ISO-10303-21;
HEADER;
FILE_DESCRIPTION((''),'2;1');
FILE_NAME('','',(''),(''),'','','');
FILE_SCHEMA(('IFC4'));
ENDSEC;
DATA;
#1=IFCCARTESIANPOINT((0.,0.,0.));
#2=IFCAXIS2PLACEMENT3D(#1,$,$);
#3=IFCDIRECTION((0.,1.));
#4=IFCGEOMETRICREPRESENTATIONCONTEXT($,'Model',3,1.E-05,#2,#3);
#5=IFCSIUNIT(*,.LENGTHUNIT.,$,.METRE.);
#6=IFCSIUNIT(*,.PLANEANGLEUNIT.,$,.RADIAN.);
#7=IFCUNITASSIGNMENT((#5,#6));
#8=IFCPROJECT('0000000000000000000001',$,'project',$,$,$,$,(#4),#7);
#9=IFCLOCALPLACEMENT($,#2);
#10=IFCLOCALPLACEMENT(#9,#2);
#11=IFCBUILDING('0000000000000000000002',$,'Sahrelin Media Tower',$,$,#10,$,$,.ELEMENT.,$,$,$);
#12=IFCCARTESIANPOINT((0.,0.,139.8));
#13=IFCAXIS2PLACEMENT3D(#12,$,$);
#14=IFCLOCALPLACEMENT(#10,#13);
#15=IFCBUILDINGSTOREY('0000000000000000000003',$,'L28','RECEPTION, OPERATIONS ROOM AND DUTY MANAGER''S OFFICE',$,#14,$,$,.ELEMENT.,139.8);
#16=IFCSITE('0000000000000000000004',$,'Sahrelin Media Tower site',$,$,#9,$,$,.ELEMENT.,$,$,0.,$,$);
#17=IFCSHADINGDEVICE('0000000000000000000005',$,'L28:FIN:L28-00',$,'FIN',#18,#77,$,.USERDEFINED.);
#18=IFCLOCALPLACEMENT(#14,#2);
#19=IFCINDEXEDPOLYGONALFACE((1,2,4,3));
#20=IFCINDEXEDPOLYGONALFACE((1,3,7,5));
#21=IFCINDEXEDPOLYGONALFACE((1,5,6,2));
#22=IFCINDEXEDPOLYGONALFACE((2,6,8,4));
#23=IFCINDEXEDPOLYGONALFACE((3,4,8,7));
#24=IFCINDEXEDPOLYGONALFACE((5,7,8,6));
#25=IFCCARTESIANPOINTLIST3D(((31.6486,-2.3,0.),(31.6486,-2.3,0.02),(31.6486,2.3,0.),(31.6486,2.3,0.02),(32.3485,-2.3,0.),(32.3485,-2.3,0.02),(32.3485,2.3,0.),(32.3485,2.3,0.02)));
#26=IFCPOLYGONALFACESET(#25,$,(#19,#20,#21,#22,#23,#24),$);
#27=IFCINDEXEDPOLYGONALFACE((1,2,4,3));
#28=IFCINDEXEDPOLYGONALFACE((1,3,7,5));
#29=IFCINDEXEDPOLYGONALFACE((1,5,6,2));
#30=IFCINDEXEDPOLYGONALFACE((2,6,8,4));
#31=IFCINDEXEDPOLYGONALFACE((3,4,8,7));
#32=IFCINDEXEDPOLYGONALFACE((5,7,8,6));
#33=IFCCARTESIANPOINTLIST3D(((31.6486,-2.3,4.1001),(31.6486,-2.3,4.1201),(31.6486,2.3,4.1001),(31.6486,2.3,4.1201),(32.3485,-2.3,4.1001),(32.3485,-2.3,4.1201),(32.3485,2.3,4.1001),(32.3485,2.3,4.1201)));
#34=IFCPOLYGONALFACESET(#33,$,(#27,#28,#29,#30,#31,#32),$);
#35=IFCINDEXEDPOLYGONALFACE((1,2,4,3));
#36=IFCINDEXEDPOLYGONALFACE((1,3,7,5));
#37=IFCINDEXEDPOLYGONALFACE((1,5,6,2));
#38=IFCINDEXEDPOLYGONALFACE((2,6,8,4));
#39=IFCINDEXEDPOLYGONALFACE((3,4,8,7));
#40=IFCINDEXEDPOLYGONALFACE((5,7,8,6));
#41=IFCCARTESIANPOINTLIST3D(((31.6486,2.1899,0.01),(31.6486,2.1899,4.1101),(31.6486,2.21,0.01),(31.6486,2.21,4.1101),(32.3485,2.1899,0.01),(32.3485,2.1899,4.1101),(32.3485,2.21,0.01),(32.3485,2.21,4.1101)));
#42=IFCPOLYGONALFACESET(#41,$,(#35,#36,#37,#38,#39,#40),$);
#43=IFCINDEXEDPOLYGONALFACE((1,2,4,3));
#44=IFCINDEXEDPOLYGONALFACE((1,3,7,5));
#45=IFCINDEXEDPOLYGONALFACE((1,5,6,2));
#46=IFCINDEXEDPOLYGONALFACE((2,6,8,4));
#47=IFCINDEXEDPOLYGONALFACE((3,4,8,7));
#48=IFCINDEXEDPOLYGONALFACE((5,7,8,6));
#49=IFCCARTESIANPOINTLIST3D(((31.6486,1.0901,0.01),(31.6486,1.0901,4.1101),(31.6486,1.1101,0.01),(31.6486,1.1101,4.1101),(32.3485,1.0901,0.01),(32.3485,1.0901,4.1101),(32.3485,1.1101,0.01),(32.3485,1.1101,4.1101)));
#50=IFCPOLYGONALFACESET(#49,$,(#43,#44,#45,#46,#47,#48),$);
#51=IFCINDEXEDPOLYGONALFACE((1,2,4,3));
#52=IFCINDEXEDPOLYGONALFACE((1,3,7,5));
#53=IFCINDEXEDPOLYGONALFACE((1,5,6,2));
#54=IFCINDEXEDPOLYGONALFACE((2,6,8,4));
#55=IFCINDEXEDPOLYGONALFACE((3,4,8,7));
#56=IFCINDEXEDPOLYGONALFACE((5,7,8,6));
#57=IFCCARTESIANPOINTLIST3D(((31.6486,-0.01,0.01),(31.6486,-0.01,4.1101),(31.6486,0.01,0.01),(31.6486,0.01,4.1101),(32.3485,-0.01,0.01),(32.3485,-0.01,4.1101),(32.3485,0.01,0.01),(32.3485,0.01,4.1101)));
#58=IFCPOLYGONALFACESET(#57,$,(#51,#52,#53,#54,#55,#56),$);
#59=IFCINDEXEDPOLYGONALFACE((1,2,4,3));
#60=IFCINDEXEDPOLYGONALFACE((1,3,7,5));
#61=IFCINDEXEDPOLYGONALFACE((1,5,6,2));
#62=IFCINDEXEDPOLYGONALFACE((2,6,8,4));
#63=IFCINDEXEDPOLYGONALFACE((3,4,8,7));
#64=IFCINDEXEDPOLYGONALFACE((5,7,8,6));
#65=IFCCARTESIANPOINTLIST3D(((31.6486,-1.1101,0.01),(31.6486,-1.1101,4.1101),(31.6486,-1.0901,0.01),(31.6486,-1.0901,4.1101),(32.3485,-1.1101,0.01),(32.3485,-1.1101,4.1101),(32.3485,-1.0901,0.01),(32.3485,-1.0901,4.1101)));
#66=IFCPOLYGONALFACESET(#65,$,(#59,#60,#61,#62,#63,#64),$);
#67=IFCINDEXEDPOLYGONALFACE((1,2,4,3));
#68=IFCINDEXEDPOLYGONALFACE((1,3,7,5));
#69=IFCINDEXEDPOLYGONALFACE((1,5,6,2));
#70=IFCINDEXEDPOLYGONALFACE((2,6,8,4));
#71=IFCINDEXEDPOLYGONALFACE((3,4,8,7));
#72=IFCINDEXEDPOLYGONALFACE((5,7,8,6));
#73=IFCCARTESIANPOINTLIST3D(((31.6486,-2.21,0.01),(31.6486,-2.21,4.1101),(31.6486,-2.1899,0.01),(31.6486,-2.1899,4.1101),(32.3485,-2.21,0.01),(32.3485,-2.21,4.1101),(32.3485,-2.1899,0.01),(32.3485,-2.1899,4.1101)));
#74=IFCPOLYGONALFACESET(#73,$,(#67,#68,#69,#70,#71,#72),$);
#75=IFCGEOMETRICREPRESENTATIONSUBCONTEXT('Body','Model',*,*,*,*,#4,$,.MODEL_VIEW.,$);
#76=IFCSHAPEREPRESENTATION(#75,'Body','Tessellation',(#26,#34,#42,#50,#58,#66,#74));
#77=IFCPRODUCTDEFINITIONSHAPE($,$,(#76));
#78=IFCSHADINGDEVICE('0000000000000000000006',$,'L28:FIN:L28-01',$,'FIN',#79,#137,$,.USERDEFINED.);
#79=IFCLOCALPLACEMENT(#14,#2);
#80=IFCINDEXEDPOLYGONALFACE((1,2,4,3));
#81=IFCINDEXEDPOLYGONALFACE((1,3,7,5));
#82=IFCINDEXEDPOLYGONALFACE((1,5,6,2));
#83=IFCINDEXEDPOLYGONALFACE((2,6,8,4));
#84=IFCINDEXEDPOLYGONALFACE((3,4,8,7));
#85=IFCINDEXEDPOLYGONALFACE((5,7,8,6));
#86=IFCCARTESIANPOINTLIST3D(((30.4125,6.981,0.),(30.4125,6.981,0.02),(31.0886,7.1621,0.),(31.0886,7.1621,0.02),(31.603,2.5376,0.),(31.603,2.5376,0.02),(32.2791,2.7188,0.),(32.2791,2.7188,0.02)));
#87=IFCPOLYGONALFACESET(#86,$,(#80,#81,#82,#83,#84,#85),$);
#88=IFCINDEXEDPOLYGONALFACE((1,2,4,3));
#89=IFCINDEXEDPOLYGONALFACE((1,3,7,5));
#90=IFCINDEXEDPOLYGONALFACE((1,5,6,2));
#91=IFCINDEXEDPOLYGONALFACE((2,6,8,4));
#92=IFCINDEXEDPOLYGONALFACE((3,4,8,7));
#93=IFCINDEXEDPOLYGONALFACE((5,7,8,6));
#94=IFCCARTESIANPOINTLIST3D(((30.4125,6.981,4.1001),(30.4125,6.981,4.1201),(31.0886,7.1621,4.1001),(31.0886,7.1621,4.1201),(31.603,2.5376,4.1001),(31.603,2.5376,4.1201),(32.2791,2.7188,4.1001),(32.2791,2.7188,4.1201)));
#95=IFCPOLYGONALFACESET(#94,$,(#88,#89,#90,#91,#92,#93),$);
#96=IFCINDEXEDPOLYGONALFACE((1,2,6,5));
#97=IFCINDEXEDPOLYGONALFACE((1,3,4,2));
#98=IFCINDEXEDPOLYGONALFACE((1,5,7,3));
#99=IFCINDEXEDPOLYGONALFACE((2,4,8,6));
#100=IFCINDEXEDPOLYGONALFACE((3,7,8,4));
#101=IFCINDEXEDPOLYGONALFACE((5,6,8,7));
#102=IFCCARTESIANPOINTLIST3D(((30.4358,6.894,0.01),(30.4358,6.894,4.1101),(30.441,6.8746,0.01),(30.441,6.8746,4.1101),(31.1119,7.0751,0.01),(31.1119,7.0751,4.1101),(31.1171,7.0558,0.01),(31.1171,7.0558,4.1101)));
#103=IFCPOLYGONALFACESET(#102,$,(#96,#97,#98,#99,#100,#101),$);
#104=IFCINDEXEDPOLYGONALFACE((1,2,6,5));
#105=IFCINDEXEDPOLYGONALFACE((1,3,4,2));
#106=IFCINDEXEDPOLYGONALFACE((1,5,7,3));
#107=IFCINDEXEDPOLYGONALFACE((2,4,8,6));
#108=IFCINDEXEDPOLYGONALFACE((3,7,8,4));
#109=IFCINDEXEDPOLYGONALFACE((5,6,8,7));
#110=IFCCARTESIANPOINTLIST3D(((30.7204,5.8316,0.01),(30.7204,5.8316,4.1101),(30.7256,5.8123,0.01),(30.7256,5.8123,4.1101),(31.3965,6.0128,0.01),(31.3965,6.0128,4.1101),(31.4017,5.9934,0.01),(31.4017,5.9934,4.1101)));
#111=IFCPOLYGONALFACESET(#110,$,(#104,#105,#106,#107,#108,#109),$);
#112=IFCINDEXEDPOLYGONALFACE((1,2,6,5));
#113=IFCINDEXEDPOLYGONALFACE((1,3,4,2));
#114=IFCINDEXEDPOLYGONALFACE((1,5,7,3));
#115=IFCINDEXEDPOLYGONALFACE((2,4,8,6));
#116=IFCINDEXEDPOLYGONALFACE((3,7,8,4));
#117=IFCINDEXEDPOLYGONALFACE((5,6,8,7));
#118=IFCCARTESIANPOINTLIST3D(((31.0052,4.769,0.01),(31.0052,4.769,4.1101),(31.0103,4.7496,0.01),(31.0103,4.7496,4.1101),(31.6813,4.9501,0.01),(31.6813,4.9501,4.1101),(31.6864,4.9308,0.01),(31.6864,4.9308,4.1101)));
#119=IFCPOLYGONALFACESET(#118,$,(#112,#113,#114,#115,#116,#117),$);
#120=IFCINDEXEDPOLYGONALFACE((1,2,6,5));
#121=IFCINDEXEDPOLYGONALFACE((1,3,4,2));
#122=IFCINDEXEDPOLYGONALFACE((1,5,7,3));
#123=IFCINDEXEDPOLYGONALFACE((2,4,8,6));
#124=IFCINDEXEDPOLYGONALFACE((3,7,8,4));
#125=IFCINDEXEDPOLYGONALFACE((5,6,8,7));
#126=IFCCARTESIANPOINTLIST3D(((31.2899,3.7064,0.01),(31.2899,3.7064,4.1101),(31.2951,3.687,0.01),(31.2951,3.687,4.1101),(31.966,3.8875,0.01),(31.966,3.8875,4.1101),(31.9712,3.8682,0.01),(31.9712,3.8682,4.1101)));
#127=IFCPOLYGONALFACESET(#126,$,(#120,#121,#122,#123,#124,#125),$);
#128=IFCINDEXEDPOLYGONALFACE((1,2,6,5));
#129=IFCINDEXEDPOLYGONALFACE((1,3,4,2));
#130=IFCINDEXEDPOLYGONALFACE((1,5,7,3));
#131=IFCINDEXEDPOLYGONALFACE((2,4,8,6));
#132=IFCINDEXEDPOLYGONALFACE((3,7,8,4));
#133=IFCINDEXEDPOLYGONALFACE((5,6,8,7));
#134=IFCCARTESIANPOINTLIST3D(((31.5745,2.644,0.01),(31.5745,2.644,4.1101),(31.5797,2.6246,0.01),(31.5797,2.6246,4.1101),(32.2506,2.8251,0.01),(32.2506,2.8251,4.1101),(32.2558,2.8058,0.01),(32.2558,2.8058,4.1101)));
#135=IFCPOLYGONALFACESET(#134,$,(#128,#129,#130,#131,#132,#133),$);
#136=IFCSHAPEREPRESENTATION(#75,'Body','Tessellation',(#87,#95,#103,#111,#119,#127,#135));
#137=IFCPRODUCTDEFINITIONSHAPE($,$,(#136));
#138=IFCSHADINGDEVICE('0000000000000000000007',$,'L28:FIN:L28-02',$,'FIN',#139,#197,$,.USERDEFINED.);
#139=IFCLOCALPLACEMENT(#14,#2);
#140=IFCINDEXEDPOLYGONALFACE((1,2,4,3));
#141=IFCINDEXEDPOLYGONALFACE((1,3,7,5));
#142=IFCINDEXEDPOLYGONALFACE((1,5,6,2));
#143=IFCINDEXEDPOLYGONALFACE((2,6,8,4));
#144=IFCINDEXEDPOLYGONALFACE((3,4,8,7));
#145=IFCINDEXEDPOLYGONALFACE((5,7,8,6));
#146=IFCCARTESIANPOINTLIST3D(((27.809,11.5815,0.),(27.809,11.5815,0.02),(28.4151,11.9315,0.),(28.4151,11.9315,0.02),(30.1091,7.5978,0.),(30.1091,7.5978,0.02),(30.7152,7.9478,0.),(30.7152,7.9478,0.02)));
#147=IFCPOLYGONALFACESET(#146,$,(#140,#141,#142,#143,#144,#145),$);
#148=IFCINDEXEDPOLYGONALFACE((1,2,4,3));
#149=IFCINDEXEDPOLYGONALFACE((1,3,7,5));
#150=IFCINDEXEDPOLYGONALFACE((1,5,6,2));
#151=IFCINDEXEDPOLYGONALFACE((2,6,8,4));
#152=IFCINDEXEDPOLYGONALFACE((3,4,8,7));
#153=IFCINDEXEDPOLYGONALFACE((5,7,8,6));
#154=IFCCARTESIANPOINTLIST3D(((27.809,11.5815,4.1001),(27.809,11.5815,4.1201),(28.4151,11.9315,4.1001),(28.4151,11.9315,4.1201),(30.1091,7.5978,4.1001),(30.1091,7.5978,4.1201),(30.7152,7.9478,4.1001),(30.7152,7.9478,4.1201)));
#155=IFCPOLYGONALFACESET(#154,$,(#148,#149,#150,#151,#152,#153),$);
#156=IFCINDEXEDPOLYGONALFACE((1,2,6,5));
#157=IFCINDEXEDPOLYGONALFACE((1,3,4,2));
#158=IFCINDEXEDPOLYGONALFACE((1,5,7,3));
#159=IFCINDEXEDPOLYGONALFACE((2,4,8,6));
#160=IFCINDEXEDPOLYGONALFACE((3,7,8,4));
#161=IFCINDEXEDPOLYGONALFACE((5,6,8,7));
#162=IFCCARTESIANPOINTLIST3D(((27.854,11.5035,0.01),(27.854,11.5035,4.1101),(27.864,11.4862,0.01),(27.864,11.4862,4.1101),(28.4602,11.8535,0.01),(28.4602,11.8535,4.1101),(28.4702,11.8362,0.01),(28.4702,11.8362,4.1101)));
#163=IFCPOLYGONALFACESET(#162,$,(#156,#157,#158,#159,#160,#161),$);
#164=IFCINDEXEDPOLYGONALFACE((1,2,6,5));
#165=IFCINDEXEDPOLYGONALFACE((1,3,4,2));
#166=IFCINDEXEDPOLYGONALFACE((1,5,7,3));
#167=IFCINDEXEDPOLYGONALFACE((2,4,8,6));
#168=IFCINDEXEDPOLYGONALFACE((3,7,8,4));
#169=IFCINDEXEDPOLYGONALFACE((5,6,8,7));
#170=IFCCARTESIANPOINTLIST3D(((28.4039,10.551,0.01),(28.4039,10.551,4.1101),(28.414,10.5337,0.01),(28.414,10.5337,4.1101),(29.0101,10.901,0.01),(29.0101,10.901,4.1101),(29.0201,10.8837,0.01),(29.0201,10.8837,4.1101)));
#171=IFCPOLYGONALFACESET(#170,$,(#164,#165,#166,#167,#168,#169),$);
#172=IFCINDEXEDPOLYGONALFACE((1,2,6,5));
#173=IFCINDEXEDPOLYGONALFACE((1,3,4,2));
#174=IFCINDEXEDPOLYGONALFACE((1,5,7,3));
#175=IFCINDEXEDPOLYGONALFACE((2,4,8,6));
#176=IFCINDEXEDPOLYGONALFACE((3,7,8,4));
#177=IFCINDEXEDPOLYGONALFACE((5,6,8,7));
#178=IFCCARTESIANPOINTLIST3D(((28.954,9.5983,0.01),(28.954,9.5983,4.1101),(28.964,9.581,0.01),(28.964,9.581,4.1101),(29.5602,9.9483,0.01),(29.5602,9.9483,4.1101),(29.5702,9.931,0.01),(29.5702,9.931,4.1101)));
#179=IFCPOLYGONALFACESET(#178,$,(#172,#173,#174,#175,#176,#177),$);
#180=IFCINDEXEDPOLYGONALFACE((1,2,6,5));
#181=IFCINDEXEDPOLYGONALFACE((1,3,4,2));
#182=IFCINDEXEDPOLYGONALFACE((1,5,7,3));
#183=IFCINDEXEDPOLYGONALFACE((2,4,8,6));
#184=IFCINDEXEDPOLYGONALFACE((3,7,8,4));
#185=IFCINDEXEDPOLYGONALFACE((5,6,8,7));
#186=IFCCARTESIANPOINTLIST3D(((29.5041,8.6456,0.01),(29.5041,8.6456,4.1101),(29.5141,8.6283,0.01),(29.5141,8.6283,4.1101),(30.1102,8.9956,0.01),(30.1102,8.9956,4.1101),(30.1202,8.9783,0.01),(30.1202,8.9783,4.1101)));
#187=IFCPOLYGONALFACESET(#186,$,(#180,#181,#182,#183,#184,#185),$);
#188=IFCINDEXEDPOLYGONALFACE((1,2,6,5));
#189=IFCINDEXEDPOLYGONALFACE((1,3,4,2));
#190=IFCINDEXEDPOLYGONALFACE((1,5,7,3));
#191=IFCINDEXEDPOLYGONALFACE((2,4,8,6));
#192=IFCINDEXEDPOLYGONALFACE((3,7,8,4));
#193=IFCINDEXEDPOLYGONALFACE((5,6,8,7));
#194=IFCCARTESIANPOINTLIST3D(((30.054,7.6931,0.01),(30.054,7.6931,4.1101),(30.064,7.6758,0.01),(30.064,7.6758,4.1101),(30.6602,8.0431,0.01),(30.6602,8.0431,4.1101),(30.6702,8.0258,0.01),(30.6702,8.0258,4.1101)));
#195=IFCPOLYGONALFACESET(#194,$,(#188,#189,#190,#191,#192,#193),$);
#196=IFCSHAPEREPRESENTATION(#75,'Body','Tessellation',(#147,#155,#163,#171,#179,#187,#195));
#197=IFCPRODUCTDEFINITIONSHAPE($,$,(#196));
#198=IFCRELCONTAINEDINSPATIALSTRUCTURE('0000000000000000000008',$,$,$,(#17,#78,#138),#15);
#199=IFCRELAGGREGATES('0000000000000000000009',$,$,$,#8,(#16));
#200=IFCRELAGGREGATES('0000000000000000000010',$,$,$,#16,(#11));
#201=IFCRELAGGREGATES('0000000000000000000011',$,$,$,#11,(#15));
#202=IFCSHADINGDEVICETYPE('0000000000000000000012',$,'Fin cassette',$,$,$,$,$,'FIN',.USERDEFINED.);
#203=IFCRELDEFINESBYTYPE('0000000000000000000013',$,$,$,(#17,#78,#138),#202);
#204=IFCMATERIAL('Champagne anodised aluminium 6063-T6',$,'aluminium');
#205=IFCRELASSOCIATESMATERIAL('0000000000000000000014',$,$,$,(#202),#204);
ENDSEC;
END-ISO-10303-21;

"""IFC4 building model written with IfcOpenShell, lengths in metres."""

from ifc_helpers import new_model, si_unit, direction, frame, origin, origin_2d, place, context, subcontext, project, spatial, rectangle, extrude, material, type_object, element, save


model = new_model("IFC4")

# Units and contexts
model_context = context("Model", 3, precision=1e-05, world=origin(), true_north=direction((0.0, 1.0)))
body_context = subcontext(model_context, "Body", "Model", "MODEL_VIEW")
ifc_project = project(units=[si_unit("LENGTHUNIT", "METRE"), si_unit("PLANEANGLEUNIT", "RADIAN")], contexts=[model_context])

# Site, building, storey
site_placement = place(None, origin())
site = spatial("IfcSite", under=ifc_project, at=site_placement, Name="Sahrelin Media Tower site", CompositionType="ELEMENT", RefElevation=0.0)
building_placement = place(site_placement, origin())
building = spatial("IfcBuilding", under=site, at=building_placement, Name="Sahrelin Media Tower", CompositionType="ELEMENT")
storey_placement = place(building_placement, frame((0.0, 0.0, 139.8)))
storey = spatial("IfcBuildingStorey", under=building, at=storey_placement, Name="L28", Description="RECEPTION, OPERATIONS ROOM AND DUTY MANAGER'S OFFICE", CompositionType="ELEMENT", Elevation=139.8)

# Shared definitions
ifc_material_1 = material(Name="Champagne anodised aluminium 6063-T6", Category="aluminium")

# Shading devices
shading_device_type_1 = type_object("IfcShadingDeviceType", Name="Fin cassette", ElementType="FIN", PredefinedType="USERDEFINED", material=ifc_material_1)
placement_1 = place(storey_placement, frame((31.5786, 0.0, 0.0), z_axis=(0.0, 0.0, 1.0), x_axis=(0.0, -1.0, 0.0)))
element("IfcShadingDevice", 1, at=placement_1, inside=storey, type_object=shading_device_type_1, Name="L28:FIN:L28-00", ObjectType="FIN", PredefinedType="USERDEFINED", context=body_context, shape_type="SweptSolid", body=[
    extrude(rectangle(XDim=4.6001, YDim=0.7, at=origin_2d()), frame((0.0, 0.4199, 0.0)), (0.0, 0.0, 1.0), 0.02),
    extrude(rectangle(XDim=4.6001, YDim=0.7, at=origin_2d()), frame((0.0, 0.4199, 4.1001)), (0.0, 0.0, 1.0), 0.02),
    extrude(rectangle(XDim=0.02, YDim=0.7, at=origin_2d()), frame((-2.2, 0.4199, 0.01), z_axis=(0.0, 0.0, 1.0), x_axis=(1.0, 0.0, 0.0)), (0.0, 0.0, 1.0), 4.1001),
    extrude(rectangle(XDim=0.02, YDim=0.7, at=origin_2d()), frame((-1.1001, 0.4199, 0.01), z_axis=(0.0, 0.0, 1.0), x_axis=(1.0, 0.0, 0.0)), (0.0, 0.0, 1.0), 4.1001),
    extrude(rectangle(XDim=0.02, YDim=0.7, at=origin_2d()), frame((0.0, 0.4199, 0.01), z_axis=(0.0, 0.0, 1.0), x_axis=(1.0, 0.0, 0.0)), (0.0, 0.0, 1.0), 4.1001),
    extrude(rectangle(XDim=0.02, YDim=0.7, at=origin_2d()), frame((1.1001, 0.4199, 0.01), z_axis=(0.0, 0.0, 1.0), x_axis=(1.0, 0.0, 0.0)), (0.0, 0.0, 1.0), 4.1001),
    extrude(rectangle(XDim=0.02, YDim=0.7, at=origin_2d()), frame((2.2, 0.4199, 0.01), z_axis=(0.0, 0.0, 1.0), x_axis=(1.0, 0.0, 0.0)), (0.0, 0.0, 1.0), 4.1001),
])
placement_2 = place(storey_placement, frame((30.9402, 4.7412, 0.0), z_axis=(0.0, 0.0, 1.0), x_axis=(0.258808, -0.965929, 0.0)))
element("IfcShadingDevice", 2, at=placement_2, inside=storey, type_object=shading_device_type_1, Name="L28:FIN:L28-01", ObjectType="FIN", PredefinedType="USERDEFINED", context=body_context, shape_type="SweptSolid", body=[
    extrude(rectangle(XDim=4.6001, YDim=0.7, at=origin_2d()), frame((0.0, 0.4199, 0.0)), (0.0, 0.0, 1.0), 0.02),
    extrude(rectangle(XDim=4.6001, YDim=0.7, at=origin_2d()), frame((0.0, 0.4199, 4.1001)), (0.0, 0.0, 1.0), 0.02),
    extrude(rectangle(XDim=0.02, YDim=0.7, at=origin_2d()), frame((-2.2, 0.4199, 0.01), z_axis=(0.0, 0.0, 1.0), x_axis=(1.0, 0.0, 0.0)), (0.0, 0.0, 1.0), 4.1001),
    extrude(rectangle(XDim=0.02, YDim=0.7, at=origin_2d()), frame((-1.1001, 0.4199, 0.01), z_axis=(0.0, 0.0, 1.0), x_axis=(1.0, 0.0, 0.0)), (0.0, 0.0, 1.0), 4.1001),
    extrude(rectangle(XDim=0.02, YDim=0.7, at=origin_2d()), frame((0.0, 0.4199, 0.01), z_axis=(0.0, 0.0, 1.0), x_axis=(1.0, 0.0, 0.0)), (0.0, 0.0, 1.0), 4.1001),
    extrude(rectangle(XDim=0.02, YDim=0.7, at=origin_2d()), frame((1.1001, 0.4199, 0.01), z_axis=(0.0, 0.0, 1.0), x_axis=(1.0, 0.0, 0.0)), (0.0, 0.0, 1.0), 4.1001),
    extrude(rectangle(XDim=0.02, YDim=0.7, at=origin_2d()), frame((2.2, 0.4199, 0.01), z_axis=(0.0, 0.0, 1.0), x_axis=(1.0, 0.0, 0.0)), (0.0, 0.0, 1.0), 4.1001),
])
placement_3 = place(storey_placement, frame((28.8984, 9.5547, 0.0), z_axis=(0.0, 0.0, 1.0), x_axis=(0.500011, -0.866019, 0.0)))
element("IfcShadingDevice", 3, at=placement_3, inside=storey, type_object=shading_device_type_1, Name="L28:FIN:L28-02", ObjectType="FIN", PredefinedType="USERDEFINED", context=body_context, shape_type="SweptSolid", body=[
    extrude(rectangle(XDim=4.6001, YDim=0.7, at=origin_2d()), frame((0.0, 0.4199, 0.0)), (0.0, 0.0, 1.0), 0.02),
    extrude(rectangle(XDim=4.6001, YDim=0.7, at=origin_2d()), frame((0.0, 0.4199, 4.1001)), (0.0, 0.0, 1.0), 0.02),
    extrude(rectangle(XDim=0.02, YDim=0.7, at=origin_2d()), frame((-2.2, 0.4199, 0.01), z_axis=(0.0, 0.0, 1.0), x_axis=(1.0, 0.0, 0.0)), (0.0, 0.0, 1.0), 4.1001),
    extrude(rectangle(XDim=0.02, YDim=0.7, at=origin_2d()), frame((-1.1001, 0.4199, 0.01), z_axis=(0.0, 0.0, 1.0), x_axis=(1.0, 0.0, 0.0)), (0.0, 0.0, 1.0), 4.1001),
    extrude(rectangle(XDim=0.02, YDim=0.7, at=origin_2d()), frame((0.0, 0.4199, 0.01), z_axis=(0.0, 0.0, 1.0), x_axis=(1.0, 0.0, 0.0)), (0.0, 0.0, 1.0), 4.1001),
    extrude(rectangle(XDim=0.02, YDim=0.7, at=origin_2d()), frame((1.1001, 0.4199, 0.01), z_axis=(0.0, 0.0, 1.0), x_axis=(1.0, 0.0, 0.0)), (0.0, 0.0, 1.0), 4.1001),
    extrude(rectangle(XDim=0.02, YDim=0.7, at=origin_2d()), frame((2.2, 0.4199, 0.01), z_axis=(0.0, 0.0, 1.0), x_axis=(1.0, 0.0, 0.0)), (0.0, 0.0, 1.0), 4.1001),
])

save(model, "model.ifc")
